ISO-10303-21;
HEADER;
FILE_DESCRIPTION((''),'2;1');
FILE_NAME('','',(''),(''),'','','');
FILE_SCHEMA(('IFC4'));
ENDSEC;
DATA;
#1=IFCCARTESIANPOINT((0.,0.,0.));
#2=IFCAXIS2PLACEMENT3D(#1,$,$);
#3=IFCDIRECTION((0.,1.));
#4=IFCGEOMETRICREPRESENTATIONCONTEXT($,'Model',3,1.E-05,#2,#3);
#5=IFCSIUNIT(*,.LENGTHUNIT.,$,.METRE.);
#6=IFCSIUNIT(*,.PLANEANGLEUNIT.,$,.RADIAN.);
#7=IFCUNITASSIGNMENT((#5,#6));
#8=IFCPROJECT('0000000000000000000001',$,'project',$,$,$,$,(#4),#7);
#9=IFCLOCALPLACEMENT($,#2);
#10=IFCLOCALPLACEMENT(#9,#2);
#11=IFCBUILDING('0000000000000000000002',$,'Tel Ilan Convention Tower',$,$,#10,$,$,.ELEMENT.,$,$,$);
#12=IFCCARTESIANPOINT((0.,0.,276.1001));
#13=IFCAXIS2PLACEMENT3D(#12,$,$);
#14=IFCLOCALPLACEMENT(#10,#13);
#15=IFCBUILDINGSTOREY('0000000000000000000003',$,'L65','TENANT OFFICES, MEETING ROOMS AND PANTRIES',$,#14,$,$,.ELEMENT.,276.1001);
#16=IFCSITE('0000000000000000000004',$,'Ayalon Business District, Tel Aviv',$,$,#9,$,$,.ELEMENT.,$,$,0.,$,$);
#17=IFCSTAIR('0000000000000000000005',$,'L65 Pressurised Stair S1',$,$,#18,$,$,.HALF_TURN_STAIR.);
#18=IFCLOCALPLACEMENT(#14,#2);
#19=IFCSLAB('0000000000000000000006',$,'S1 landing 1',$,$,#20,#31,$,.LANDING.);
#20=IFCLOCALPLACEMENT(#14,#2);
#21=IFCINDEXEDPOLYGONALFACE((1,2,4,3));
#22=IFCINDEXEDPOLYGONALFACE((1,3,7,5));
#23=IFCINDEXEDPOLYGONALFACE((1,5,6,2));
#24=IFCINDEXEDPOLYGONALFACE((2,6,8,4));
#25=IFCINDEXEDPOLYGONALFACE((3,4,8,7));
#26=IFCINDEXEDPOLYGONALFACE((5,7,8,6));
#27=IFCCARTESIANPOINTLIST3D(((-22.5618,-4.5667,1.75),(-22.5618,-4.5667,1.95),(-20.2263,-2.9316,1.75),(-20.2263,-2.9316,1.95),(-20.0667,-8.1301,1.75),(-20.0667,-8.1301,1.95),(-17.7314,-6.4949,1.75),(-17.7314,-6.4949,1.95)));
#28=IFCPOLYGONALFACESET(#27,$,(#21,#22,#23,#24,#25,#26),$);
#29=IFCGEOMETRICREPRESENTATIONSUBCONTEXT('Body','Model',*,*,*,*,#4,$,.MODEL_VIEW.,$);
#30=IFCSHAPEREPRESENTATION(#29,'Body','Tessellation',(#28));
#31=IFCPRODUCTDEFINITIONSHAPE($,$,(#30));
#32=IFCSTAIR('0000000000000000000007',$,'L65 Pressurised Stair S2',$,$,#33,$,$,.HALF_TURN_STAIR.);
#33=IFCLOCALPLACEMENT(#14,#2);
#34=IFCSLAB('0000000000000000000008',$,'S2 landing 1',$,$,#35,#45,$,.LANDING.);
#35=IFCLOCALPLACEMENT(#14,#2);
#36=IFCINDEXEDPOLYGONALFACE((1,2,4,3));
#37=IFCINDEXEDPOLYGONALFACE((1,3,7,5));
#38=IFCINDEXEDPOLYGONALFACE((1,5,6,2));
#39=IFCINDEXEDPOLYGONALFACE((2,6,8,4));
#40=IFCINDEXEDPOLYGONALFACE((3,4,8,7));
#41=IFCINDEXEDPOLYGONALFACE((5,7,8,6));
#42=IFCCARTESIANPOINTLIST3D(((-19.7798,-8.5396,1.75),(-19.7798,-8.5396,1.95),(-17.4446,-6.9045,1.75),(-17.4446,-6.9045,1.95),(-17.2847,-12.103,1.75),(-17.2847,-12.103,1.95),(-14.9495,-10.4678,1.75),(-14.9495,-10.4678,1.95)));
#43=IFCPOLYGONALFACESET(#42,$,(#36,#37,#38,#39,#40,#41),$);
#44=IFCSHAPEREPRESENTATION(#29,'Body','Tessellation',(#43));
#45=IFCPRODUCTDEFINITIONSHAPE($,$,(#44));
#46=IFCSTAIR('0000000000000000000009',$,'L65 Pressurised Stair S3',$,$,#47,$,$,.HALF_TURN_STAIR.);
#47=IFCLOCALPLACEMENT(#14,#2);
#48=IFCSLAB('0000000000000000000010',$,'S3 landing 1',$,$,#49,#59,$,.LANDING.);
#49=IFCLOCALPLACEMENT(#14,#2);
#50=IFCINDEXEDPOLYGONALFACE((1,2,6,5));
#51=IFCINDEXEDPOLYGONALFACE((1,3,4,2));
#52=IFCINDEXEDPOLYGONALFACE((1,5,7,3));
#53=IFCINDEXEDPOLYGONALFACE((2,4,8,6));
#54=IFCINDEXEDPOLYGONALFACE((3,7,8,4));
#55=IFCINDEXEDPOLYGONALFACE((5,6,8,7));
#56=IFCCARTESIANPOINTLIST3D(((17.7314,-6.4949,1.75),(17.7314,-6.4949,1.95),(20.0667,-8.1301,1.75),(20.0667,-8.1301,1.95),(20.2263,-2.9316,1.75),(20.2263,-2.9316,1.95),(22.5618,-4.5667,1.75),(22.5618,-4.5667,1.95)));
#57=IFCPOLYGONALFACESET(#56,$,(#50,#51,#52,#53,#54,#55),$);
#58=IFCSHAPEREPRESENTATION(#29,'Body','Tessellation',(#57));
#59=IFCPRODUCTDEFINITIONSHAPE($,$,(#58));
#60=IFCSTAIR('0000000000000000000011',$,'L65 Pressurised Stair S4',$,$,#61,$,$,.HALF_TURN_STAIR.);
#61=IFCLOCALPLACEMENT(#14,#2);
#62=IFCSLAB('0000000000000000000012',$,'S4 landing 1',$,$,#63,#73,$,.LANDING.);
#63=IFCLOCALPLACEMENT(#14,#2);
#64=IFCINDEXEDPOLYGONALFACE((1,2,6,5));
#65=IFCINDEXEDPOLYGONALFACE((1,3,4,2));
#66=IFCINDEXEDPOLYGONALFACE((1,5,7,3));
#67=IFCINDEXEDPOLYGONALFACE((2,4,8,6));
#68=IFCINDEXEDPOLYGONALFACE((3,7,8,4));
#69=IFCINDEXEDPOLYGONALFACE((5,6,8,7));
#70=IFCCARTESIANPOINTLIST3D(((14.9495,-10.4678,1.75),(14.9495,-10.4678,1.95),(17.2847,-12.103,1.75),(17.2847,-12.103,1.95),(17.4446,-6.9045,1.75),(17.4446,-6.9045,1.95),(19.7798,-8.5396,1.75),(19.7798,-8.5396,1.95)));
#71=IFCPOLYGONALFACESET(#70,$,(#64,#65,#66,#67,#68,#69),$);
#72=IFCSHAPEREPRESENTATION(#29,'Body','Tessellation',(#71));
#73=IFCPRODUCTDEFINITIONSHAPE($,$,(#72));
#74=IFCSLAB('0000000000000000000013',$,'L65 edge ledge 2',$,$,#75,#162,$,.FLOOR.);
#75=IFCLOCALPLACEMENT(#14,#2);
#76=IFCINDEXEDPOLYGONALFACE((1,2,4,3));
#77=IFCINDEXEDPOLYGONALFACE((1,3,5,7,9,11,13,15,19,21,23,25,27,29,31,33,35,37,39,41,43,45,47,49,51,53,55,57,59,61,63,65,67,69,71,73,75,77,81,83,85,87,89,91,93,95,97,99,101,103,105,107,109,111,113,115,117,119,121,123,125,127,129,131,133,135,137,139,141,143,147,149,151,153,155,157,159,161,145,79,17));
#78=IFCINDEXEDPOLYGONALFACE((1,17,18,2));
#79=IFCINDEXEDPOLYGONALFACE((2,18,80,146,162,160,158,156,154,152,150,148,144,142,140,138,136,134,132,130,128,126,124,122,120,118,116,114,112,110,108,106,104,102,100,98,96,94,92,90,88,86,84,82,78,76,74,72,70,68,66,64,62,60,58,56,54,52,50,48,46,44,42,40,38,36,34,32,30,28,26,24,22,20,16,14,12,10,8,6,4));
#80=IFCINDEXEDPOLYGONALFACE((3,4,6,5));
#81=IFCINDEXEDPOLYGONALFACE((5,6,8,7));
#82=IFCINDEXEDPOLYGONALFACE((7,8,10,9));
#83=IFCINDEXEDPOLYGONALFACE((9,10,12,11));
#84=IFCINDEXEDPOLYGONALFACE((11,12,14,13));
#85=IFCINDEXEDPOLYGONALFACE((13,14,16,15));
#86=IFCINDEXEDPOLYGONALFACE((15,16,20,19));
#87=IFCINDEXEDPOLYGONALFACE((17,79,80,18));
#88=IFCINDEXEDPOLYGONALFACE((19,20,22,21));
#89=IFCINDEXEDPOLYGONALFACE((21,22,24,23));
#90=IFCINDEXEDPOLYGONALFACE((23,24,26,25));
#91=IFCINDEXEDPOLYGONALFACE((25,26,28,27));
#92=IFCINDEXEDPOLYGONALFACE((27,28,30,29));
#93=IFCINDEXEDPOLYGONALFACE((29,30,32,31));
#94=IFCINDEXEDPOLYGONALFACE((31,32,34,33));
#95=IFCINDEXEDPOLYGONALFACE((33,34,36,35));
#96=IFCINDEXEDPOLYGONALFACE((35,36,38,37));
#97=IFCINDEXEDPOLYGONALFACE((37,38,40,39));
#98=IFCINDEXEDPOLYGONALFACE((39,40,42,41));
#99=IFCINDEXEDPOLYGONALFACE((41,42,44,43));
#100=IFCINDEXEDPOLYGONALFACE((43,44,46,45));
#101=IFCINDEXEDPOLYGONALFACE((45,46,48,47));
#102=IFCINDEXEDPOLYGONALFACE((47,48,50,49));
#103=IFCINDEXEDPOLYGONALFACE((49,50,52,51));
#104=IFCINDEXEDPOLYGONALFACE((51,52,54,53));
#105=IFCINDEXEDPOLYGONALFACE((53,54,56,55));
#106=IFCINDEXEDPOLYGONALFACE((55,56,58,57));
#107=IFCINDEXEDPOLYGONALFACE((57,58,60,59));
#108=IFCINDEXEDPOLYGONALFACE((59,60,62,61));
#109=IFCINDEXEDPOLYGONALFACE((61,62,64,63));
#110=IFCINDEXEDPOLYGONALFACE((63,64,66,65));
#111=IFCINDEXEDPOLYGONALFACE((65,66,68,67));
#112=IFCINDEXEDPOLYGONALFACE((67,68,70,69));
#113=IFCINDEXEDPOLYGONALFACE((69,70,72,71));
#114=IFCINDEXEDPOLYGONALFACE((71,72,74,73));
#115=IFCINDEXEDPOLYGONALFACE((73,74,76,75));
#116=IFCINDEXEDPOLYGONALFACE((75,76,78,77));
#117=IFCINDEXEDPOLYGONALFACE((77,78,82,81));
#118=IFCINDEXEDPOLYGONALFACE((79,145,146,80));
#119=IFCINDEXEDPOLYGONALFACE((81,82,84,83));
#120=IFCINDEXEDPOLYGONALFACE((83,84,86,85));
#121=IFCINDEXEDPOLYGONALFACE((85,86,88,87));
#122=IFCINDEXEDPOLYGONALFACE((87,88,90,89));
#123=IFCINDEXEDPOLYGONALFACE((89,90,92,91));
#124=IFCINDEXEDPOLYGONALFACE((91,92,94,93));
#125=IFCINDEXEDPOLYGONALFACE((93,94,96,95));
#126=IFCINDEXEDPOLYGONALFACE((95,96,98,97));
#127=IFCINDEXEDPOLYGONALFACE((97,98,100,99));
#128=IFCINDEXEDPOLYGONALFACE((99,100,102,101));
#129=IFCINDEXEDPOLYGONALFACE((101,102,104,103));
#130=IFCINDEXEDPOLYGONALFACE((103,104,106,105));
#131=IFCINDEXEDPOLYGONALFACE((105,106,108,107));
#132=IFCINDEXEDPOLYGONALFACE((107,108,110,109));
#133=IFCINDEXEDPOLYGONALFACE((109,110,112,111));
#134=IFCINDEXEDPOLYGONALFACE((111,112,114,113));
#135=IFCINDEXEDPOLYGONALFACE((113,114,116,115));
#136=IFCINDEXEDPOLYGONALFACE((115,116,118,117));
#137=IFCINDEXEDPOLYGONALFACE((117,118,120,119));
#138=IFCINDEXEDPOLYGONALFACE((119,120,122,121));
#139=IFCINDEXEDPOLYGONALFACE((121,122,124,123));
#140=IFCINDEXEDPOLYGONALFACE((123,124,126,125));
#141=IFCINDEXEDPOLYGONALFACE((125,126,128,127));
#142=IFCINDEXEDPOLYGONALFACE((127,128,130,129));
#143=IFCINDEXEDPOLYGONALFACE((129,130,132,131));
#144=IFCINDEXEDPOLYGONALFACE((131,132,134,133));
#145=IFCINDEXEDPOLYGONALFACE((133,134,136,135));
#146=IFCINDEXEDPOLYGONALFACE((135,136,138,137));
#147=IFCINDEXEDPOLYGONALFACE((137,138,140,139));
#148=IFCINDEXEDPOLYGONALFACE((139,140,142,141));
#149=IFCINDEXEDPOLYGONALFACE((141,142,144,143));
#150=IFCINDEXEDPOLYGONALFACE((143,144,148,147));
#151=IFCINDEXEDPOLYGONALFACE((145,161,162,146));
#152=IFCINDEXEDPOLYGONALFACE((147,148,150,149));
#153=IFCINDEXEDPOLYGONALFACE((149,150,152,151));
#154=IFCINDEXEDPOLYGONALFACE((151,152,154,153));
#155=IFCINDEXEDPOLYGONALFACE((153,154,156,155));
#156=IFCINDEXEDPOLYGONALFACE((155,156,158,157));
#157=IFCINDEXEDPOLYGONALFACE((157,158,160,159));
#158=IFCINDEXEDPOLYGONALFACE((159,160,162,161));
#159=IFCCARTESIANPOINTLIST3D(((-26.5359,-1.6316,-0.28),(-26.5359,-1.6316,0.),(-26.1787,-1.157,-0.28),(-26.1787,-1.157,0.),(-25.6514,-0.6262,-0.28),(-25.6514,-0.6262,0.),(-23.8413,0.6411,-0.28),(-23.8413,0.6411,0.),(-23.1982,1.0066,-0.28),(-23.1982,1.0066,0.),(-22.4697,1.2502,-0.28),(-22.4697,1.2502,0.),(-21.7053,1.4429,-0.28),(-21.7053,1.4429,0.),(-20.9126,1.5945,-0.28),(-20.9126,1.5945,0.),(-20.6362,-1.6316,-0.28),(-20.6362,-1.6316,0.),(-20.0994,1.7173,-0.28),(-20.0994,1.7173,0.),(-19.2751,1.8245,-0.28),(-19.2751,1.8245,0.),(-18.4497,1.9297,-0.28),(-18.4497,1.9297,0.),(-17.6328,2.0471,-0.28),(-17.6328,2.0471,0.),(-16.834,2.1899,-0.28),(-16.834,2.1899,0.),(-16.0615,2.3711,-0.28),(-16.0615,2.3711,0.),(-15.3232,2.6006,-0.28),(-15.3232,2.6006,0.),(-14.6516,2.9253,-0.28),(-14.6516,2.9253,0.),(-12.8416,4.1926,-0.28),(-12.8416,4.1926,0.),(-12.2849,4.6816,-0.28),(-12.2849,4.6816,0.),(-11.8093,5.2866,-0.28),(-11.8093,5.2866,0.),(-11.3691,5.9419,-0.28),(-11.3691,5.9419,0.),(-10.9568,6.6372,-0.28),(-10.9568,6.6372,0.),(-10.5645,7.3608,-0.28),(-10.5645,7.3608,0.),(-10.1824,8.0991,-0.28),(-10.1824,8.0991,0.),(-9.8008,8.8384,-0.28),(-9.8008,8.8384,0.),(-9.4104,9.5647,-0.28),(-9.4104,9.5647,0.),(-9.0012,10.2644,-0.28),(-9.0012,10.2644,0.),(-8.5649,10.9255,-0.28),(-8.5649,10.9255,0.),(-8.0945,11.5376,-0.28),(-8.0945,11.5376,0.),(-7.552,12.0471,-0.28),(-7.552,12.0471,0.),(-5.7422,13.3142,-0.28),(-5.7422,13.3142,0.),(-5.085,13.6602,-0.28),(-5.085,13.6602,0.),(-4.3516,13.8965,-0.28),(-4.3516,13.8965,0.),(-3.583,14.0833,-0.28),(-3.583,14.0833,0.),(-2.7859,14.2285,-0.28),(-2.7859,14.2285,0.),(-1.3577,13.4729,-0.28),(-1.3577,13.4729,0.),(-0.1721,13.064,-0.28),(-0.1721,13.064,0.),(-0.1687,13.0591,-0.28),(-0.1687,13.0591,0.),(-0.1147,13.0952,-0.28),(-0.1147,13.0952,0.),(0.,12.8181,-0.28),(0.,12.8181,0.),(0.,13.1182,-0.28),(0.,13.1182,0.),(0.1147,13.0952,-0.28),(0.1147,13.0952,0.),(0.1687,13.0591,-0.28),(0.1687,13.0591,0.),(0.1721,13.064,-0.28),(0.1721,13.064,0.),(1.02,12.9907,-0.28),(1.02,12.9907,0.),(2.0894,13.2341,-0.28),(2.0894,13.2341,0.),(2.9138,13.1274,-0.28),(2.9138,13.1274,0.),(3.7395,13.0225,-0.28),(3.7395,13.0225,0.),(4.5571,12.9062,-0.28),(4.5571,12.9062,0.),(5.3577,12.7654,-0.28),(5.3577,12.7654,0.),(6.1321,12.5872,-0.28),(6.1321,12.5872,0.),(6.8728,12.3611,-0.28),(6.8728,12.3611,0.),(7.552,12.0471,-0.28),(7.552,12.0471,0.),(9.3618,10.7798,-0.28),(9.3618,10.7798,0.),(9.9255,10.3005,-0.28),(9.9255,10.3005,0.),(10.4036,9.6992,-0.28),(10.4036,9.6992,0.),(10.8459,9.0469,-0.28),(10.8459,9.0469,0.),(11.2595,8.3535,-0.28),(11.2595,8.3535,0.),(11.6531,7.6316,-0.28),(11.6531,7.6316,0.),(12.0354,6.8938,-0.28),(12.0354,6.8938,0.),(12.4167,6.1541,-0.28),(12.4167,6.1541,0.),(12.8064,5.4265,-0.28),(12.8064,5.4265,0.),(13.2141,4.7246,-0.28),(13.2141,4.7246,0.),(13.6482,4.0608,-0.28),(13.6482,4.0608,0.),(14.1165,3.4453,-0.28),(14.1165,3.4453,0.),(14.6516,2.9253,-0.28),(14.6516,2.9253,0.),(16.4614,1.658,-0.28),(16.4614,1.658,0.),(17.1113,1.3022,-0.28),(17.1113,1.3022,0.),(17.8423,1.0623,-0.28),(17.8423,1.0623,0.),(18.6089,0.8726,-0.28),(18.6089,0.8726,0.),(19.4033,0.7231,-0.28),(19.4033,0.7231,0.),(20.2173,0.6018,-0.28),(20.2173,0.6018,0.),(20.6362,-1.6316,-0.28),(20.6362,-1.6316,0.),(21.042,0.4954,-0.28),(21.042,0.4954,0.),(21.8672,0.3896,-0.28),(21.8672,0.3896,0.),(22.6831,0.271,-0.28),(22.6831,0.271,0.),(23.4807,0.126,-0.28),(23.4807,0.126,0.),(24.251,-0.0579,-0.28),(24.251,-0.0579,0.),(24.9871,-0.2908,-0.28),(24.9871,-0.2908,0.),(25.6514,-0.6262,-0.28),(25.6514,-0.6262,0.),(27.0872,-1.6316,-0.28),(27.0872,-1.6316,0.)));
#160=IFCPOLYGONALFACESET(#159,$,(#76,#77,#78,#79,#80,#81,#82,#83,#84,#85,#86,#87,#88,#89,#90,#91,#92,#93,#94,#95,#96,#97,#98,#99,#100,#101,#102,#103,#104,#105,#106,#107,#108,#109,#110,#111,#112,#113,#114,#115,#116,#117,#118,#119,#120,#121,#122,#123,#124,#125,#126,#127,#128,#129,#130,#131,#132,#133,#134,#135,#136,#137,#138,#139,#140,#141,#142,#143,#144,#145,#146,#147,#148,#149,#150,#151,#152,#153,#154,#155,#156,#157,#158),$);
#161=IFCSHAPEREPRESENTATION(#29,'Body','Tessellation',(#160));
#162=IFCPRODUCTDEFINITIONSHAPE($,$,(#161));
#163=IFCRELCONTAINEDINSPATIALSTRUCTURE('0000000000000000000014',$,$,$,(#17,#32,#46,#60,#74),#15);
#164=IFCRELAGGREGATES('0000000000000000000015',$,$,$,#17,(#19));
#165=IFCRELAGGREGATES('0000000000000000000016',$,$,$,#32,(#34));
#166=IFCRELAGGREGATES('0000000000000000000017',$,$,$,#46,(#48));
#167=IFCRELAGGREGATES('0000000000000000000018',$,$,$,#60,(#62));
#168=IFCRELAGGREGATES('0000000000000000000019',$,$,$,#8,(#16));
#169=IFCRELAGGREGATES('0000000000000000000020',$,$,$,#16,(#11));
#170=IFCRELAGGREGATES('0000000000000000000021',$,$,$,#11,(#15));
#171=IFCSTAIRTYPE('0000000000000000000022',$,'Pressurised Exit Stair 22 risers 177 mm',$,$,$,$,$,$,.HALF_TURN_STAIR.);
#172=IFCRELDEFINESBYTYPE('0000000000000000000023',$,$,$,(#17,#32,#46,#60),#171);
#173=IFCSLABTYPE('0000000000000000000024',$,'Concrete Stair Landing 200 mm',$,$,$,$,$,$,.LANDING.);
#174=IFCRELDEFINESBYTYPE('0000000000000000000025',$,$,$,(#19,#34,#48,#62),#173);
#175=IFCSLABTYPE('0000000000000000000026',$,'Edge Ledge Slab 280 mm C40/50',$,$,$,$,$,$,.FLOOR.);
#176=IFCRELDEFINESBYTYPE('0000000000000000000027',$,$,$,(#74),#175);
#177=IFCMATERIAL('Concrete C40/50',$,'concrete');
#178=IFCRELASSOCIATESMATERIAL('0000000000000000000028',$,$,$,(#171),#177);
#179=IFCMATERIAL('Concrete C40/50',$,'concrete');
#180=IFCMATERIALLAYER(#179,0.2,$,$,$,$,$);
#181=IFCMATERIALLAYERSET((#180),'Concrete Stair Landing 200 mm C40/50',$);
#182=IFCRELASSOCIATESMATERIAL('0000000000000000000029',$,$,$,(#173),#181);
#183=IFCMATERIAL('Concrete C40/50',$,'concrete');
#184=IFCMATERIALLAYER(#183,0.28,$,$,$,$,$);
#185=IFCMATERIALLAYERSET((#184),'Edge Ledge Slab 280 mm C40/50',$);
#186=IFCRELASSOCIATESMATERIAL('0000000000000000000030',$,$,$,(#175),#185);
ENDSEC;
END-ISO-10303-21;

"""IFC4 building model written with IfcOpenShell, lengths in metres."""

from ifc_helpers import new_model, si_unit, direction, frame, origin, place, context, subcontext, project, spatial, polyline, outline, extrude, material, layer, layer_set, type_object, element, aggregate, save


model = new_model("IFC4")

# Units and contexts
model_context = context("Model", 3, precision=1e-05, world=origin(), true_north=direction((0.0, 1.0)))
body_context = subcontext(model_context, "Body", "Model", "MODEL_VIEW")
ifc_project = project(units=[si_unit("LENGTHUNIT", "METRE"), si_unit("PLANEANGLEUNIT", "RADIAN")], contexts=[model_context])

# Site, building, storey
site_placement = place(None, origin())
site = spatial("IfcSite", under=ifc_project, at=site_placement, Name="Ayalon Business District, Tel Aviv", CompositionType="ELEMENT", RefElevation=0.0)
building_placement = place(site_placement, origin())
building = spatial("IfcBuilding", under=site, at=building_placement, Name="Tel Ilan Convention Tower", CompositionType="ELEMENT")
storey_placement = place(building_placement, frame((0.0, 0.0, 276.1001)))
storey = spatial("IfcBuildingStorey", under=building, at=storey_placement, Name="L65", Description="TENANT OFFICES, MEETING ROOMS AND PANTRIES", CompositionType="ELEMENT", Elevation=276.1001)

# Stairs, slabs
ifc_material_1 = material(Name="Concrete C40/50", Category="concrete")
stair_type = type_object("IfcStairType", Name="Pressurised Exit Stair 22 risers 177 mm", PredefinedType="HALF_TURN_STAIR", material=ifc_material_1)
stair_1_placement = place(storey_placement, origin())
stair_1 = element("IfcStair", 1, at=stair_1_placement, inside=storey, type_object=stair_type, Name="L65 Pressurised Stair S1", PredefinedType="HALF_TURN_STAIR")
ifc_material_2 = material(Name="Concrete C40/50", Category="concrete")
ifc_layer_1 = layer(ifc_material_2, 0.2)
ifc_layer_set_1 = layer_set([ifc_layer_1], Name="Concrete Stair Landing 200 mm C40/50")
slab_type_1 = type_object("IfcSlabType", Name="Concrete Stair Landing 200 mm", PredefinedType="LANDING", material=ifc_layer_set_1)
slab_1_placement = place(storey_placement, frame((0.0, 0.0, 1.75)))
slab_1 = element("IfcSlab", 2, at=slab_1_placement, type_object=slab_type_1, Name="S1 landing 1", PredefinedType="LANDING", context=body_context, shape_type="SweptSolid", body=[
    extrude(outline(polyline([(-20.0667, -8.1301), (-17.7314, -6.4949), (-20.2263, -2.9316), (-22.5618, -4.5667), (-20.0667, -8.1301)])), origin(), (0.0, 0.0, 1.0), 0.2),
])
aggregate(stair_1, [slab_1])
stair_2_placement = place(storey_placement, origin())
stair_2 = element("IfcStair", 3, at=stair_2_placement, inside=storey, type_object=stair_type, Name="L65 Pressurised Stair S2", PredefinedType="HALF_TURN_STAIR")
slab_2_placement = place(storey_placement, frame((0.0, 0.0, 1.75)))
slab_2 = element("IfcSlab", 4, at=slab_2_placement, type_object=slab_type_1, Name="S2 landing 1", PredefinedType="LANDING", context=body_context, shape_type="SweptSolid", body=[
    extrude(outline(polyline([(-17.2847, -12.103), (-14.9495, -10.4678), (-17.4446, -6.9045), (-19.7798, -8.5396), (-17.2847, -12.103)])), origin(), (0.0, 0.0, 1.0), 0.2),
])
aggregate(stair_2, [slab_2])
stair_3_placement = place(storey_placement, origin())
stair_3 = element("IfcStair", 5, at=stair_3_placement, inside=storey, type_object=stair_type, Name="L65 Pressurised Stair S3", PredefinedType="HALF_TURN_STAIR")
slab_3_placement = place(storey_placement, frame((0.0, 0.0, 1.75)))
slab_3 = element("IfcSlab", 6, at=slab_3_placement, type_object=slab_type_1, Name="S3 landing 1", PredefinedType="LANDING", context=body_context, shape_type="SweptSolid", body=[
    extrude(outline(polyline([(22.5618, -4.5667), (20.2263, -2.9316), (17.7314, -6.4949), (20.0667, -8.1301), (22.5618, -4.5667)])), origin(), (0.0, 0.0, 1.0), 0.2),
])
aggregate(stair_3, [slab_3])
stair_4_placement = place(storey_placement, origin())
stair_4 = element("IfcStair", 7, at=stair_4_placement, inside=storey, type_object=stair_type, Name="L65 Pressurised Stair S4", PredefinedType="HALF_TURN_STAIR")
slab_4_placement = place(storey_placement, frame((0.0, 0.0, 1.75)))
slab_4 = element("IfcSlab", 8, at=slab_4_placement, type_object=slab_type_1, Name="S4 landing 1", PredefinedType="LANDING", context=body_context, shape_type="SweptSolid", body=[
    extrude(outline(polyline([(19.7798, -8.5396), (17.4446, -6.9045), (14.9495, -10.4678), (17.2847, -12.103), (19.7798, -8.5396)])), origin(), (0.0, 0.0, 1.0), 0.2),
])
aggregate(stair_4, [slab_4])

# Slab
ifc_material_3 = material(Name="Concrete C40/50", Category="concrete")
ifc_layer_2 = layer(ifc_material_3, 0.28)
ifc_layer_set_2 = layer_set([ifc_layer_2], Name="Edge Ledge Slab 280 mm C40/50")
slab_type_2 = type_object("IfcSlabType", Name="Edge Ledge Slab 280 mm C40/50", PredefinedType="FLOOR", material=ifc_layer_set_2)
slab_5_placement = place(storey_placement, frame((0.0, 0.0, -0.28)))
element("IfcSlab", 9, at=slab_5_placement, inside=storey, type_object=slab_type_2, Name="L65 edge ledge 2", PredefinedType="FLOOR", context=body_context, shape_type="SweptSolid", body=[
    extrude(outline(polyline([(-23.1982, 1.0066), (-22.4697, 1.2502), (-21.7053, 1.4429), (-20.9126, 1.5945), (-20.0994, 1.7173), (-19.2751, 1.8245), (-18.4497, 1.9297), (-17.6328, 2.0471), (-16.834, 2.1899), (-16.0615, 2.3711), (-15.3232, 2.6006), (-14.6516, 2.9253), (-12.8416, 4.1926), (-12.2849, 4.6816), (-11.8093, 5.2866), (-11.3691, 5.9419), (-10.9568, 6.6372), (-10.5645, 7.3608), (-10.1824, 8.0991), (-9.8008, 8.8384), (-9.4104, 9.5647), (-9.0012, 10.2644), (-8.5649, 10.9255), (-8.0945, 11.5376), (-7.552, 12.0471), (-5.7422, 13.3142), (-5.085, 13.6602), (-4.3516, 13.8965), (-3.583, 14.0833), (-2.7859, 14.2285), (-1.3577, 13.4729), (-0.1721, 13.064), (-0.1687, 13.0591), (-0.1147, 13.0952), (0.0, 13.1182), (0.1147, 13.0952), (0.1687, 13.0591), (0.1721, 13.064), (1.02, 12.9907), (2.0894, 13.2341), (2.9138, 13.1274), (3.7395, 13.0225), (4.5571, 12.9062), (5.3577, 12.7654), (6.1321, 12.5872), (6.8728, 12.3611), (7.552, 12.0471), (9.3618, 10.7798), (9.9255, 10.3005), (10.4036, 9.6992), (10.8459, 9.0469), (11.2595, 8.3535), (11.6531, 7.6316), (12.0354, 6.8938), (12.4167, 6.1541), (12.8064, 5.4265), (13.2141, 4.7246), (13.6482, 4.0608), (14.1165, 3.4453), (14.6516, 2.9253), (16.4614, 1.658), (17.1113, 1.3022), (17.8423, 1.0623), (18.6089, 0.8726), (19.4033, 0.7231), (20.2173, 0.6018), (21.042, 0.4954), (21.8672, 0.3896), (22.6831, 0.271), (23.4807, 0.126), (24.251, -0.0579), (24.9871, -0.2908), (25.6514, -0.6262), (27.0872, -1.6316), (20.6362, -1.6316), (0.0, 12.8181), (-20.6362, -1.6316), (-26.5359, -1.6316), (-26.1787, -1.157), (-25.6514, -0.6262), (-23.8413, 0.6411), (-23.1982, 1.0066)])), origin(), (0.0, 0.0, 1.0), 0.28),
])

save(model, "model.ifc")
